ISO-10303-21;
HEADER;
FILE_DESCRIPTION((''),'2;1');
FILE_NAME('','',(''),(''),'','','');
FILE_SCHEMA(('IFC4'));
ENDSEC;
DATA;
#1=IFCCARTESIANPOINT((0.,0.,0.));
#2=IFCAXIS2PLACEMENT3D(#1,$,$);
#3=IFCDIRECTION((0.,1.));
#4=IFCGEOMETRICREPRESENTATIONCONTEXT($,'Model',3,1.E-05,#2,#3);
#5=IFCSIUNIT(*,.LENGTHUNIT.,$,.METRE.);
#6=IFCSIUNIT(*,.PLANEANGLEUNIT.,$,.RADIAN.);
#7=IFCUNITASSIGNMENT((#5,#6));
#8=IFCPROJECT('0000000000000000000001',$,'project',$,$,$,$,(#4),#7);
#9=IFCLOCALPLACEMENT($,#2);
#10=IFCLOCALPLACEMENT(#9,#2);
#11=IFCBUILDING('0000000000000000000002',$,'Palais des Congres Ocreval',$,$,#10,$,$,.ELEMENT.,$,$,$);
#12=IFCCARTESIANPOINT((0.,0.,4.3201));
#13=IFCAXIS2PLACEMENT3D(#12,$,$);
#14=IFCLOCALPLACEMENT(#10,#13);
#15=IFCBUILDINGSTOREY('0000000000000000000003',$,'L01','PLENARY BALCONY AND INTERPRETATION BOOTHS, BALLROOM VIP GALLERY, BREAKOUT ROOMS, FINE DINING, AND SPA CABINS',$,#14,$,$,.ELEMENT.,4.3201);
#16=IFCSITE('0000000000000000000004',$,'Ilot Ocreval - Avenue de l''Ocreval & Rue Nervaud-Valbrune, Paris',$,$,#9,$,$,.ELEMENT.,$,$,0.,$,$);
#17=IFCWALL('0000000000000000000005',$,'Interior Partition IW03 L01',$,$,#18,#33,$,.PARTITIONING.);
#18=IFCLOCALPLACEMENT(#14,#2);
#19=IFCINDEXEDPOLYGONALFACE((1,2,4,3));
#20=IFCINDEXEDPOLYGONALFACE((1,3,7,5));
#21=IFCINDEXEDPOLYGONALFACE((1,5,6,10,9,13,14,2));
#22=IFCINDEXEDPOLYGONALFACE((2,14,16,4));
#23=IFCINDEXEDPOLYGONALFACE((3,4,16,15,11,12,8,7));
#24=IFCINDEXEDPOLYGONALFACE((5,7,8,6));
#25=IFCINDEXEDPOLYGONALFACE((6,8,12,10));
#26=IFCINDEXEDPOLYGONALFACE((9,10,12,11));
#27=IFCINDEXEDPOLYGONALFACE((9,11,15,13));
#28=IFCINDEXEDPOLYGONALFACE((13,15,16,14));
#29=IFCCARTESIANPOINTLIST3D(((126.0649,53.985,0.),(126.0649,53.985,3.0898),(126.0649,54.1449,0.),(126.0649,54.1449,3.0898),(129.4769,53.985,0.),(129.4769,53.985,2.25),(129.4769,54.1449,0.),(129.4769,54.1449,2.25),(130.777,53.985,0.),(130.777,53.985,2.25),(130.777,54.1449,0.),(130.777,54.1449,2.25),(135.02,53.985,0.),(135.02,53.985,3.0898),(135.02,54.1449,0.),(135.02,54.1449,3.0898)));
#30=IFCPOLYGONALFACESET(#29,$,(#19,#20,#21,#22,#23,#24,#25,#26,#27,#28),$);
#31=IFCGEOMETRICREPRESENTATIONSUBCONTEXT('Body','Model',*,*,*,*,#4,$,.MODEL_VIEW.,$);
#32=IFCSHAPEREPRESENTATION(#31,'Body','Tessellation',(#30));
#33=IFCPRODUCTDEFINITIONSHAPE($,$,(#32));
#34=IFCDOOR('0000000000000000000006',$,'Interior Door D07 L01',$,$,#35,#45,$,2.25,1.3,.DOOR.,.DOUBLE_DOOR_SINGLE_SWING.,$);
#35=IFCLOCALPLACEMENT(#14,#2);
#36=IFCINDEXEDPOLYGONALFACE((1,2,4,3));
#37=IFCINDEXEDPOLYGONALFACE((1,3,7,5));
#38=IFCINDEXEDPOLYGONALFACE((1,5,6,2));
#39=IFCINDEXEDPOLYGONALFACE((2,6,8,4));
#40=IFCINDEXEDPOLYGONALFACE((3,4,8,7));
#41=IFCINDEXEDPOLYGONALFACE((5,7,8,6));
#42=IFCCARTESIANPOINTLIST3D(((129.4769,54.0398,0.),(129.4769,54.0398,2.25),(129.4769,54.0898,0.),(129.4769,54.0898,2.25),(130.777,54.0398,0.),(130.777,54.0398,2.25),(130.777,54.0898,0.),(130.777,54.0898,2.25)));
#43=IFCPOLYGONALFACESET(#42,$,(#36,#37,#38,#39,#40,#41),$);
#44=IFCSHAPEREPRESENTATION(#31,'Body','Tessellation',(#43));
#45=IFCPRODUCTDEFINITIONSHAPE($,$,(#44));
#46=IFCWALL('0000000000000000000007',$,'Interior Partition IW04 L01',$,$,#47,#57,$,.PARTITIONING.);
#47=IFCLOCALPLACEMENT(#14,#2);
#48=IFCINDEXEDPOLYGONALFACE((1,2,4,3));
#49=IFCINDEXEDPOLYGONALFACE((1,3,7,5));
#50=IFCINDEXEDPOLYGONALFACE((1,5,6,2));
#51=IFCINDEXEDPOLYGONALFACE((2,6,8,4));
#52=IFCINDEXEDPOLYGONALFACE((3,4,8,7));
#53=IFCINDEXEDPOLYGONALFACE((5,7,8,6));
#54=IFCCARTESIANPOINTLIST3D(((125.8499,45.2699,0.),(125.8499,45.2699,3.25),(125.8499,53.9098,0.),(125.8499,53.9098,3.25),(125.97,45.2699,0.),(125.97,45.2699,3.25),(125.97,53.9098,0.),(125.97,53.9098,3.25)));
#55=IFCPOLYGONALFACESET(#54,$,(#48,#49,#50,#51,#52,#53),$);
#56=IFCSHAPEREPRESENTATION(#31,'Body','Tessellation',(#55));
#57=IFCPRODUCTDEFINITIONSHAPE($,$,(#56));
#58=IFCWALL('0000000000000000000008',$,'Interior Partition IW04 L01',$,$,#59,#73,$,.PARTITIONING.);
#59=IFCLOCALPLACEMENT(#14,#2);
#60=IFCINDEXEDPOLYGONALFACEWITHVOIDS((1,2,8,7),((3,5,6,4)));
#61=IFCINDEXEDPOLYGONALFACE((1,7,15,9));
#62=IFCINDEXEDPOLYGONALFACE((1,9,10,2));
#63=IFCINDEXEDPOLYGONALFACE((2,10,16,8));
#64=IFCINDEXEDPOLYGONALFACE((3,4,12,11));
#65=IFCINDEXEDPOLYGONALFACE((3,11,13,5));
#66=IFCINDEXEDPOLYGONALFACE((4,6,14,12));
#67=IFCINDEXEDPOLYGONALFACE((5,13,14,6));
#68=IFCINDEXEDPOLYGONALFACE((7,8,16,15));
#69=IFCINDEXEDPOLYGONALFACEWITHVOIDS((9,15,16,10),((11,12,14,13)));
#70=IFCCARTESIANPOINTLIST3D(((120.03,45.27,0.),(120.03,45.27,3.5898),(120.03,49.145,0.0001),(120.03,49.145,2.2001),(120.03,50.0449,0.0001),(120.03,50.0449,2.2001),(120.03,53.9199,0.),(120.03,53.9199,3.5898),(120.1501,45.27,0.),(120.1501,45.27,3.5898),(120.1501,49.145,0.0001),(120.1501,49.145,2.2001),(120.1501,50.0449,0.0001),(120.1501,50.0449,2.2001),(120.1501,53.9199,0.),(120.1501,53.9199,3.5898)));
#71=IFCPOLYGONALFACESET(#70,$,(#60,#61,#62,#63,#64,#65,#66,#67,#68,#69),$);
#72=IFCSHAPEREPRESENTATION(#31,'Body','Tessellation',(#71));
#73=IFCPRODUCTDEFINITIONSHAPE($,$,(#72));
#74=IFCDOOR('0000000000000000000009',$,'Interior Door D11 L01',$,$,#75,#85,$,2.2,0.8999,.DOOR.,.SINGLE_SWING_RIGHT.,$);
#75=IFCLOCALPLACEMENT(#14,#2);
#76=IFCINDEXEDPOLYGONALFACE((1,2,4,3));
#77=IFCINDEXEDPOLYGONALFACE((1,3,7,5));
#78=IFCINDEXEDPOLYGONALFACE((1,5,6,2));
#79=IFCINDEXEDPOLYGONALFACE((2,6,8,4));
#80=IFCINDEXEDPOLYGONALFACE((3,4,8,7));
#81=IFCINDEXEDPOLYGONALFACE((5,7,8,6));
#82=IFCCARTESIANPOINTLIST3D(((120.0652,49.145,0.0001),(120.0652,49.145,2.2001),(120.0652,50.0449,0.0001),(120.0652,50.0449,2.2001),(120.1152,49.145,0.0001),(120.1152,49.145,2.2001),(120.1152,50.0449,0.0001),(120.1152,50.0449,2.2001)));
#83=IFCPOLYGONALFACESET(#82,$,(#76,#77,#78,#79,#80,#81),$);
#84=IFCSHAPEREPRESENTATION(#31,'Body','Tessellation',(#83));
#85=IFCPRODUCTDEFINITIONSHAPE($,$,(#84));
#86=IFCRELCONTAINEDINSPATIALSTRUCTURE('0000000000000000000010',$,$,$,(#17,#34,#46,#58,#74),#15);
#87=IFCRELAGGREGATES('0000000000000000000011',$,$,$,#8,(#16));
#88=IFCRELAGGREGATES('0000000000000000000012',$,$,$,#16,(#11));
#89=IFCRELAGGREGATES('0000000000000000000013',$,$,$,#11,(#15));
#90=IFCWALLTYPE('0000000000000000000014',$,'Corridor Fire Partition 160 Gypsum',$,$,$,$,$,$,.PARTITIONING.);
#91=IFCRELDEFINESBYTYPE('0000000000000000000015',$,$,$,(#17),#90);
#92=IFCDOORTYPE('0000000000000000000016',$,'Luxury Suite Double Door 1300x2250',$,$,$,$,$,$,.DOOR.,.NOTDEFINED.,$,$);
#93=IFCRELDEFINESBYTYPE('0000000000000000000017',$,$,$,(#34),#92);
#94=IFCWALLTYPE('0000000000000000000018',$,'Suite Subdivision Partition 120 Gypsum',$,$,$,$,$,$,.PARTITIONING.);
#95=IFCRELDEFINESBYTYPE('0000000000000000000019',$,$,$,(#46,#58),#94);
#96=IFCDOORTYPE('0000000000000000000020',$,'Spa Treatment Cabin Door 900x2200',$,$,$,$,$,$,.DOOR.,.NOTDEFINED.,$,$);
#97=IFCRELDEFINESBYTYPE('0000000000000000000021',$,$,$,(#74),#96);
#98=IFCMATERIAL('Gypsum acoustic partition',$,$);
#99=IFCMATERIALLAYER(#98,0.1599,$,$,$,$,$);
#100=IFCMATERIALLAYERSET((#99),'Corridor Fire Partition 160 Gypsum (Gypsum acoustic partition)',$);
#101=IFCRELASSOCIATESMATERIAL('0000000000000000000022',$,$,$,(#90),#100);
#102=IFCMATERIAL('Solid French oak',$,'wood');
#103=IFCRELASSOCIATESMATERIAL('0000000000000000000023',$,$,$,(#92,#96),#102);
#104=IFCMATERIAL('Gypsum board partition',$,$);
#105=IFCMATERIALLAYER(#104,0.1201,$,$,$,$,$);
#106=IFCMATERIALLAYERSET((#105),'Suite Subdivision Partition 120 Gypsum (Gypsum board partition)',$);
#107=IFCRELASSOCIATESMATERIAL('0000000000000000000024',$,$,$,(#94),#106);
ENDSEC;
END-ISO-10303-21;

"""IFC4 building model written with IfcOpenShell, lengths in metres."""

from ifc_helpers import new_model, si_unit, direction, frame, frame_2d, origin, place, context, subcontext, project, spatial, rectangle, extrude, material, layer, layer_set, type_object, element, fill, save


model = new_model("IFC4")

# Units and contexts
model_context = context("Model", 3, precision=1e-05, world=origin(), true_north=direction((0.0, 1.0)))
body_context = subcontext(model_context, "Body", "Model", "MODEL_VIEW")
ifc_project = project(units=[si_unit("LENGTHUNIT", "METRE"), si_unit("PLANEANGLEUNIT", "RADIAN")], contexts=[model_context])

# Site, building, storey
site_placement = place(None, origin())
site = spatial("IfcSite", under=ifc_project, at=site_placement, Name="Ilot Ocreval - Avenue de l'Ocreval & Rue Nervaud-Valbrune, Paris", CompositionType="ELEMENT", RefElevation=0.0)
building_placement = place(site_placement, origin())
building = spatial("IfcBuilding", under=site, at=building_placement, Name="Palais des Congres Ocreval", CompositionType="ELEMENT")
storey_placement = place(building_placement, frame((0.0, 0.0, 4.3201)))
storey = spatial("IfcBuildingStorey", under=building, at=storey_placement, Name="L01", Description="PLENARY BALCONY AND INTERPRETATION BOOTHS, BALLROOM VIP GALLERY, BREAKOUT ROOMS, FINE DINING, AND SPA CABINS", CompositionType="ELEMENT", Elevation=4.3201)

# Shared definitions
ifc_material_1 = material(Name="Gypsum acoustic partition")
ifc_layer_1 = layer(ifc_material_1, 0.1599)
ifc_layer_set_1 = layer_set([ifc_layer_1], Name="Corridor Fire Partition 160 Gypsum (Gypsum acoustic partition)")
wall_type_1 = type_object("IfcWallType", Name="Corridor Fire Partition 160 Gypsum", PredefinedType="PARTITIONING", material=ifc_layer_set_1)

# Wall, opening, door
wall_1_placement = place(storey_placement, frame((126.0649, 54.0649, 0.0), z_axis=(0.0, 0.0, 1.0), x_axis=(1.0, 0.0, 0.0)))
wall_1 = element("IfcWall", 1, at=wall_1_placement, inside=storey, type_object=wall_type_1, Name="Interior Partition IW03 L01", PredefinedType="PARTITIONING", context=body_context, shape_type="SweptSolid", body=[
    extrude(rectangle(XDim=8.9551, YDim=0.1599, at=frame_2d((4.4775, 0.0))), origin(), (0.0, 0.0, 1.0), 3.0898),
])
opening_1_placement = place(wall_1_placement, frame((3.4121, 0.0, 0.0)))
opening_1 = element("IfcOpeningElement", 2, at=opening_1_placement, cuts=wall_1, PredefinedType="OPENING", context=body_context, shape_type="SweptSolid", body=[
    extrude(rectangle(XDim=1.3, YDim=2.25, at=frame_2d((0.6499, 1.125))), frame((0.0, 0.0898, 0.0), z_axis=(0.0, -1.0, 0.0), x_axis=(1.0, 0.0, 0.0)), (0.0, 0.0, 1.0), 0.1799),
])
ifc_material_2 = material(Name="Solid French oak", Category="wood")
door_type_1 = type_object("IfcDoorType", Name="Luxury Suite Double Door 1300x2250", OperationType="NOTDEFINED", PredefinedType="DOOR", material=ifc_material_2)
door_1_placement = place(opening_1_placement, origin())
door_1 = element("IfcDoor", 3, at=door_1_placement, inside=storey, type_object=door_type_1, Name="Interior Door D07 L01", OperationType="DOUBLE_DOOR_SINGLE_SWING", OverallHeight=2.25, OverallWidth=1.3, PredefinedType="DOOR", context=body_context, shape_type="SweptSolid", body=[
    extrude(rectangle(XDim=1.3, YDim=2.25, at=frame_2d((0.6499, 1.125))), frame((0.0, 0.0249, 0.0), z_axis=(0.0, -1.0, 0.0), x_axis=(1.0, 0.0, 0.0)), (0.0, 0.0, 1.0), 0.05),
])
fill(opening_1, door_1)

# Wall
ifc_material_3 = material(Name="Gypsum board partition")
ifc_layer_2 = layer(ifc_material_3, 0.1201)
ifc_layer_set_2 = layer_set([ifc_layer_2], Name="Suite Subdivision Partition 120 Gypsum (Gypsum board partition)")
wall_type_2 = type_object("IfcWallType", Name="Suite Subdivision Partition 120 Gypsum", PredefinedType="PARTITIONING", material=ifc_layer_set_2)
wall_2_placement = place(storey_placement, frame((125.9099, 45.27, 0.0), z_axis=(0.0, 0.0, 1.0), x_axis=(0.0, 1.0, 0.0)))
element("IfcWall", 4, at=wall_2_placement, inside=storey, type_object=wall_type_2, Name="Interior Partition IW04 L01", PredefinedType="PARTITIONING", context=body_context, shape_type="SweptSolid", body=[
    extrude(rectangle(XDim=8.6399, YDim=0.1201, at=frame_2d((4.3198, 0.0))), origin(), (0.0, 0.0, 1.0), 3.25),
])

# Wall, opening, door
wall_3_placement = place(storey_placement, frame((120.0901, 45.27, 0.0), z_axis=(0.0, 0.0, 1.0), x_axis=(0.0, 1.0, 0.0)))
wall_3 = element("IfcWall", 5, at=wall_3_placement, inside=storey, type_object=wall_type_2, Name="Interior Partition IW04 L01", PredefinedType="PARTITIONING", context=body_context, shape_type="SweptSolid", body=[
    extrude(rectangle(XDim=8.6499, YDim=0.1201, at=frame_2d((4.325, 0.0))), origin(), (0.0, 0.0, 1.0), 3.5898),
])
opening_2_placement = place(wall_3_placement, frame((3.875, 0.0, 0.0)))
opening_2 = element("IfcOpeningElement", 6, at=opening_2_placement, cuts=wall_3, PredefinedType="OPENING", context=body_context, shape_type="SweptSolid", body=[
    extrude(rectangle(XDim=0.8999, YDim=2.2, at=frame_2d((0.45, 1.1001))), frame((0.0, 0.0701, 0.0), z_axis=(0.0, -1.0, 0.0), x_axis=(1.0, 0.0, 0.0)), (0.0, 0.0, 1.0), 0.1401),
])
door_type_2 = type_object("IfcDoorType", Name="Spa Treatment Cabin Door 900x2200", OperationType="NOTDEFINED", PredefinedType="DOOR", material=ifc_material_2)
door_2_placement = place(opening_2_placement, origin())
door_2 = element("IfcDoor", 7, at=door_2_placement, inside=storey, type_object=door_type_2, Name="Interior Door D11 L01", OperationType="SINGLE_SWING_RIGHT", OverallHeight=2.2, OverallWidth=0.8999, PredefinedType="DOOR", context=body_context, shape_type="SweptSolid", body=[
    extrude(rectangle(XDim=0.8999, YDim=2.2, at=frame_2d((0.45, 1.1001))), frame((0.0, 0.0249, 0.0), z_axis=(0.0, -1.0, 0.0), x_axis=(1.0, 0.0, 0.0)), (0.0, 0.0, 1.0), 0.05),
])
fill(opening_2, door_2)

save(model, "model.ifc")
